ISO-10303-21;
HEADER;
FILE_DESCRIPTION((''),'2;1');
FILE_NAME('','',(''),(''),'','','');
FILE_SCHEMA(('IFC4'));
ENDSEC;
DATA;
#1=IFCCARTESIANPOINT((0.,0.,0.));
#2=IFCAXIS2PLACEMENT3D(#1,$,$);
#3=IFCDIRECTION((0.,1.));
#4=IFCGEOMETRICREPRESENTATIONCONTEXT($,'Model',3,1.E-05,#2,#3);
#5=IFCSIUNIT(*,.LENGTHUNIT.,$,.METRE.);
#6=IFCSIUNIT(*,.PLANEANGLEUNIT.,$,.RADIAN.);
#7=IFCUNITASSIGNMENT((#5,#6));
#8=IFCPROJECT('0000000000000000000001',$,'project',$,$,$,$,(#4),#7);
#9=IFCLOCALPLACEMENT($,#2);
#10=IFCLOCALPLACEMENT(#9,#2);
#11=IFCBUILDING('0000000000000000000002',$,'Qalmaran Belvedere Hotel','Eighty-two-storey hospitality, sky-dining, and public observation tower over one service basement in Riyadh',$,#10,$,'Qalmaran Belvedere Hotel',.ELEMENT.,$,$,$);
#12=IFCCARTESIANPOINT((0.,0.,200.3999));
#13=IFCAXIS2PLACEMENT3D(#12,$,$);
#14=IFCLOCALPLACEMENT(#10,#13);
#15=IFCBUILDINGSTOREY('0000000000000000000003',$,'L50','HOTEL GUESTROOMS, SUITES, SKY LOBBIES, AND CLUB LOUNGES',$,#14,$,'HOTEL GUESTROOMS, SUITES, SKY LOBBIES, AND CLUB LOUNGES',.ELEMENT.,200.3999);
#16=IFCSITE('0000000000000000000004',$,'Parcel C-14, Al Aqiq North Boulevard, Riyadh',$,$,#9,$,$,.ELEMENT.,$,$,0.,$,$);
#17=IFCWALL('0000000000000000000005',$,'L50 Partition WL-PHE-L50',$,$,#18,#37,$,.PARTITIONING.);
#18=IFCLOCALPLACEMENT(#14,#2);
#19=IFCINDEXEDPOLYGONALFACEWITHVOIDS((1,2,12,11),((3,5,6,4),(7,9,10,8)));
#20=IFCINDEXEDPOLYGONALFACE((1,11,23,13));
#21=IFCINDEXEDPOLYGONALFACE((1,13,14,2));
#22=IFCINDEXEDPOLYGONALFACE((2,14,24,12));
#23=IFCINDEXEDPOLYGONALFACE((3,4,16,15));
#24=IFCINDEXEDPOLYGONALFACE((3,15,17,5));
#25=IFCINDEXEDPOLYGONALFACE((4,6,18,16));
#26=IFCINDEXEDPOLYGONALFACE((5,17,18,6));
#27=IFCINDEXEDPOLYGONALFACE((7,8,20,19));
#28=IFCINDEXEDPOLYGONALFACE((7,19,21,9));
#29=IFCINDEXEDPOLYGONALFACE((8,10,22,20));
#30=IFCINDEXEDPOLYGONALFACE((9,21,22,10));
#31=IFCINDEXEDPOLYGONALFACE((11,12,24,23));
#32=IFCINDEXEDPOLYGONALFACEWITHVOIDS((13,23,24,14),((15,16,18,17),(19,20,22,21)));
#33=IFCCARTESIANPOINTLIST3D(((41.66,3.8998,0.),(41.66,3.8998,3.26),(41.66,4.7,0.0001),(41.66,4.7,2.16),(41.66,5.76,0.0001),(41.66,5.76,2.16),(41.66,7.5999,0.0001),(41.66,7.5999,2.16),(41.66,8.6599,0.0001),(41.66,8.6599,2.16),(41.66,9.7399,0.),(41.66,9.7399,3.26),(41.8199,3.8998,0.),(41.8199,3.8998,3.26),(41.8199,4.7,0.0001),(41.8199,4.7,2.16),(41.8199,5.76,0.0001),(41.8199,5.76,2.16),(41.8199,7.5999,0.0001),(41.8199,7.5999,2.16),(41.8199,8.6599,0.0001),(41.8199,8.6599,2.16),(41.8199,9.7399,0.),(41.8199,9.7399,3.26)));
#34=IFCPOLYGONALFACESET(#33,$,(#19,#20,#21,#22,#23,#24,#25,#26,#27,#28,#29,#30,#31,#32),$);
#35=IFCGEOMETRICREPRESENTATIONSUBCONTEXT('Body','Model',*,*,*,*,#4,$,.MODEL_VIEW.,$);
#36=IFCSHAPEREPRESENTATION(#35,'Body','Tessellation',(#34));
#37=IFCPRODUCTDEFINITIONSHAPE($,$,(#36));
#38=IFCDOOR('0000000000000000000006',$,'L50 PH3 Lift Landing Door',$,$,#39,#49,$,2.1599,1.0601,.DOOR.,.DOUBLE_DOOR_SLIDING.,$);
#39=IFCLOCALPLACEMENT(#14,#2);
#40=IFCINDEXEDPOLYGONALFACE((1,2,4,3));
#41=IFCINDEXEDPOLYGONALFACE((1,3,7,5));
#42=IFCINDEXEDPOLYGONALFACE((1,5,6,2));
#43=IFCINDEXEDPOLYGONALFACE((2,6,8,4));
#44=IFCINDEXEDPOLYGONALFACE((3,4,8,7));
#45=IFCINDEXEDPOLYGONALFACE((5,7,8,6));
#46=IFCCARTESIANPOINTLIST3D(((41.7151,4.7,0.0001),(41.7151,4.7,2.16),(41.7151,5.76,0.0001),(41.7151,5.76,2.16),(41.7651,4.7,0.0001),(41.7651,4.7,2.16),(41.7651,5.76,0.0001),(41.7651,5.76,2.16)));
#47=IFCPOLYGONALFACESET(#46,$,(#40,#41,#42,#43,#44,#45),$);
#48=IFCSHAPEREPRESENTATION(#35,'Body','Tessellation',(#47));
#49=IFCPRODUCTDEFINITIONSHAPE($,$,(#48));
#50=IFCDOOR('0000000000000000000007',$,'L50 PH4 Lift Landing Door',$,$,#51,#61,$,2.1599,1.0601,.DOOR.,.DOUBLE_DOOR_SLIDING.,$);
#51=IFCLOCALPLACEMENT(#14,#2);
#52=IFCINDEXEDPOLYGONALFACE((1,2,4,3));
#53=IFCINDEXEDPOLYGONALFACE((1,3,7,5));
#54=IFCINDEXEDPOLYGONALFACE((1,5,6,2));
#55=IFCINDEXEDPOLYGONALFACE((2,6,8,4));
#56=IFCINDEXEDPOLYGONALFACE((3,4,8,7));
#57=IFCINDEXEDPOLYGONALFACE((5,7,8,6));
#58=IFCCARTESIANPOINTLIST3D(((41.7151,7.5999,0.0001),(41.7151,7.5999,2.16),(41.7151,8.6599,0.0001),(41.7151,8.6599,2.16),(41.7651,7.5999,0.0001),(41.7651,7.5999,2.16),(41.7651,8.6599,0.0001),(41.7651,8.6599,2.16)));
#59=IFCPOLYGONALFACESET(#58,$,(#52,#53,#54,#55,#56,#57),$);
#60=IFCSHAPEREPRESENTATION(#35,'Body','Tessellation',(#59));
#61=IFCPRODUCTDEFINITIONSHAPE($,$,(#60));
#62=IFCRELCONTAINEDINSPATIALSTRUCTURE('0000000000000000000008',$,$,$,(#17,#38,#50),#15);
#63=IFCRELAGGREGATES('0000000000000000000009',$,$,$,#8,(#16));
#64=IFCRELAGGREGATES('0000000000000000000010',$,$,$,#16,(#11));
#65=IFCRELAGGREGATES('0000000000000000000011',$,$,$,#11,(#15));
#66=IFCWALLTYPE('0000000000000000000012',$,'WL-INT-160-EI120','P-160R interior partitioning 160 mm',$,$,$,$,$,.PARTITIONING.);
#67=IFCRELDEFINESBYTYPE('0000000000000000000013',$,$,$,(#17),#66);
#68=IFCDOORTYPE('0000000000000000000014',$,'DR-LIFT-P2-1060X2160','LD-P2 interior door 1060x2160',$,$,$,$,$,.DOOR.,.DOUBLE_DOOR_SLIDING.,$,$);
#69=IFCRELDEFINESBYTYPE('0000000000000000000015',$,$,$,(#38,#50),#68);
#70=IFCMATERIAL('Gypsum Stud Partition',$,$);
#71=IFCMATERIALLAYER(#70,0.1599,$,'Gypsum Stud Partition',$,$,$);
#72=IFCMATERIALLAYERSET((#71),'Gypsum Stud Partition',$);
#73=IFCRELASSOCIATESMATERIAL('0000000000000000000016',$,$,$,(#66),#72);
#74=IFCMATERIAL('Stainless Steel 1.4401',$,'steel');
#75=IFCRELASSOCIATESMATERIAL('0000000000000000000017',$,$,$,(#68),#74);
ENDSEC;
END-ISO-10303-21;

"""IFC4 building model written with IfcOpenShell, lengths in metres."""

from ifc_helpers import new_model, si_unit, direction, frame, frame_2d, origin, place, context, subcontext, project, spatial, rectangle, extrude, material, layer, layer_set, type_object, element, fill, save


model = new_model("IFC4")

# Units and contexts
model_context = context("Model", 3, precision=1e-05, world=origin(), true_north=direction((0.0, 1.0)))
body_context = subcontext(model_context, "Body", "Model", "MODEL_VIEW")
ifc_project = project(units=[si_unit("LENGTHUNIT", "METRE"), si_unit("PLANEANGLEUNIT", "RADIAN")], contexts=[model_context])

# Site, building, storey
site_placement = place(None, origin())
site = spatial("IfcSite", under=ifc_project, at=site_placement, Name="Parcel C-14, Al Aqiq North Boulevard, Riyadh", CompositionType="ELEMENT", RefElevation=0.0)
building_placement = place(site_placement, origin())
building = spatial("IfcBuilding", under=site, at=building_placement, Name="Qalmaran Belvedere Hotel", Description="Eighty-two-storey hospitality, sky-dining, and public observation tower over one service basement in Riyadh", LongName="Qalmaran Belvedere Hotel", CompositionType="ELEMENT")
storey_placement = place(building_placement, frame((0.0, 0.0, 200.3999)))
storey = spatial("IfcBuildingStorey", under=building, at=storey_placement, Name="L50", Description="HOTEL GUESTROOMS, SUITES, SKY LOBBIES, AND CLUB LOUNGES", LongName="HOTEL GUESTROOMS, SUITES, SKY LOBBIES, AND CLUB LOUNGES", CompositionType="ELEMENT", Elevation=200.3999)

# Shared definitions
ifc_material_1 = material(Name="Gypsum Stud Partition")

# Wall, openings, doors
ifc_layer_1 = layer(ifc_material_1, 0.1599, Name="Gypsum Stud Partition")
ifc_layer_set_1 = layer_set([ifc_layer_1], Name="Gypsum Stud Partition")
wall_type_1 = type_object("IfcWallType", Name="WL-INT-160-EI120", Description="P-160R interior partitioning 160 mm", PredefinedType="PARTITIONING", material=ifc_layer_set_1)
wall_1_placement = place(storey_placement, frame((41.74, 3.8999, 0.0), z_axis=(0.0, 0.0, 1.0), x_axis=(0.0, 1.0, 0.0)))
wall_1 = element("IfcWall", 1, at=wall_1_placement, inside=storey, type_object=wall_type_1, Name="L50 Partition WL-PHE-L50", PredefinedType="PARTITIONING", context=body_context, shape_type="SweptSolid", body=[
    extrude(rectangle(XDim=5.8401, YDim=0.1599, at=frame_2d((2.9199, 0.0))), origin(), (0.0, 0.0, 1.0), 3.26),
])
opening_1_placement = place(wall_1_placement, frame((0.8, 0.0, 0.0)))
opening_1 = element("IfcOpeningElement", 2, at=opening_1_placement, cuts=wall_1, PredefinedType="OPENING", context=body_context, shape_type="SweptSolid", body=[
    extrude(rectangle(XDim=1.0601, YDim=2.1599, at=frame_2d((0.53, 1.0801))), frame((0.0, 0.0898, 0.0), z_axis=(0.0, -1.0, 0.0), x_axis=(1.0, 0.0, 0.0)), (0.0, 0.0, 1.0), 0.1799),
])
opening_2_placement = place(wall_1_placement, frame((3.7, 0.0, 0.0)))
opening_2 = element("IfcOpeningElement", 3, at=opening_2_placement, cuts=wall_1, PredefinedType="OPENING", context=body_context, shape_type="SweptSolid", body=[
    extrude(rectangle(XDim=1.0601, YDim=2.1599, at=frame_2d((0.53, 1.0801))), frame((0.0, 0.0898, 0.0), z_axis=(0.0, -1.0, 0.0), x_axis=(1.0, 0.0, 0.0)), (0.0, 0.0, 1.0), 0.1799),
])
ifc_material_2 = material(Name="Stainless Steel 1.4401", Category="steel")
door_type = type_object("IfcDoorType", Name="DR-LIFT-P2-1060X2160", Description="LD-P2 interior door 1060x2160", OperationType="DOUBLE_DOOR_SLIDING", PredefinedType="DOOR", material=ifc_material_2)
door_1_placement = place(opening_1_placement, origin())
door_1 = element("IfcDoor", 4, at=door_1_placement, inside=storey, type_object=door_type, Name="L50 PH3 Lift Landing Door", OperationType="DOUBLE_DOOR_SLIDING", OverallHeight=2.1599, OverallWidth=1.0601, PredefinedType="DOOR", context=body_context, shape_type="SweptSolid", body=[
    extrude(rectangle(XDim=1.0601, YDim=2.1599, at=frame_2d((0.53, 1.0801))), frame((0.0, 0.0249, 0.0), z_axis=(0.0, -1.0, 0.0), x_axis=(1.0, 0.0, 0.0)), (0.0, 0.0, 1.0), 0.05),
])
fill(opening_1, door_1)
door_2_placement = place(opening_2_placement, origin())
door_2 = element("IfcDoor", 5, at=door_2_placement, inside=storey, type_object=door_type, Name="L50 PH4 Lift Landing Door", OperationType="DOUBLE_DOOR_SLIDING", OverallHeight=2.1599, OverallWidth=1.0601, PredefinedType="DOOR", context=body_context, shape_type="SweptSolid", body=[
    extrude(rectangle(XDim=1.0601, YDim=2.1599, at=frame_2d((0.53, 1.0801))), frame((0.0, 0.0249, 0.0), z_axis=(0.0, -1.0, 0.0), x_axis=(1.0, 0.0, 0.0)), (0.0, 0.0, 1.0), 0.05),
])
fill(opening_2, door_2)

save(model, "model.ifc")
